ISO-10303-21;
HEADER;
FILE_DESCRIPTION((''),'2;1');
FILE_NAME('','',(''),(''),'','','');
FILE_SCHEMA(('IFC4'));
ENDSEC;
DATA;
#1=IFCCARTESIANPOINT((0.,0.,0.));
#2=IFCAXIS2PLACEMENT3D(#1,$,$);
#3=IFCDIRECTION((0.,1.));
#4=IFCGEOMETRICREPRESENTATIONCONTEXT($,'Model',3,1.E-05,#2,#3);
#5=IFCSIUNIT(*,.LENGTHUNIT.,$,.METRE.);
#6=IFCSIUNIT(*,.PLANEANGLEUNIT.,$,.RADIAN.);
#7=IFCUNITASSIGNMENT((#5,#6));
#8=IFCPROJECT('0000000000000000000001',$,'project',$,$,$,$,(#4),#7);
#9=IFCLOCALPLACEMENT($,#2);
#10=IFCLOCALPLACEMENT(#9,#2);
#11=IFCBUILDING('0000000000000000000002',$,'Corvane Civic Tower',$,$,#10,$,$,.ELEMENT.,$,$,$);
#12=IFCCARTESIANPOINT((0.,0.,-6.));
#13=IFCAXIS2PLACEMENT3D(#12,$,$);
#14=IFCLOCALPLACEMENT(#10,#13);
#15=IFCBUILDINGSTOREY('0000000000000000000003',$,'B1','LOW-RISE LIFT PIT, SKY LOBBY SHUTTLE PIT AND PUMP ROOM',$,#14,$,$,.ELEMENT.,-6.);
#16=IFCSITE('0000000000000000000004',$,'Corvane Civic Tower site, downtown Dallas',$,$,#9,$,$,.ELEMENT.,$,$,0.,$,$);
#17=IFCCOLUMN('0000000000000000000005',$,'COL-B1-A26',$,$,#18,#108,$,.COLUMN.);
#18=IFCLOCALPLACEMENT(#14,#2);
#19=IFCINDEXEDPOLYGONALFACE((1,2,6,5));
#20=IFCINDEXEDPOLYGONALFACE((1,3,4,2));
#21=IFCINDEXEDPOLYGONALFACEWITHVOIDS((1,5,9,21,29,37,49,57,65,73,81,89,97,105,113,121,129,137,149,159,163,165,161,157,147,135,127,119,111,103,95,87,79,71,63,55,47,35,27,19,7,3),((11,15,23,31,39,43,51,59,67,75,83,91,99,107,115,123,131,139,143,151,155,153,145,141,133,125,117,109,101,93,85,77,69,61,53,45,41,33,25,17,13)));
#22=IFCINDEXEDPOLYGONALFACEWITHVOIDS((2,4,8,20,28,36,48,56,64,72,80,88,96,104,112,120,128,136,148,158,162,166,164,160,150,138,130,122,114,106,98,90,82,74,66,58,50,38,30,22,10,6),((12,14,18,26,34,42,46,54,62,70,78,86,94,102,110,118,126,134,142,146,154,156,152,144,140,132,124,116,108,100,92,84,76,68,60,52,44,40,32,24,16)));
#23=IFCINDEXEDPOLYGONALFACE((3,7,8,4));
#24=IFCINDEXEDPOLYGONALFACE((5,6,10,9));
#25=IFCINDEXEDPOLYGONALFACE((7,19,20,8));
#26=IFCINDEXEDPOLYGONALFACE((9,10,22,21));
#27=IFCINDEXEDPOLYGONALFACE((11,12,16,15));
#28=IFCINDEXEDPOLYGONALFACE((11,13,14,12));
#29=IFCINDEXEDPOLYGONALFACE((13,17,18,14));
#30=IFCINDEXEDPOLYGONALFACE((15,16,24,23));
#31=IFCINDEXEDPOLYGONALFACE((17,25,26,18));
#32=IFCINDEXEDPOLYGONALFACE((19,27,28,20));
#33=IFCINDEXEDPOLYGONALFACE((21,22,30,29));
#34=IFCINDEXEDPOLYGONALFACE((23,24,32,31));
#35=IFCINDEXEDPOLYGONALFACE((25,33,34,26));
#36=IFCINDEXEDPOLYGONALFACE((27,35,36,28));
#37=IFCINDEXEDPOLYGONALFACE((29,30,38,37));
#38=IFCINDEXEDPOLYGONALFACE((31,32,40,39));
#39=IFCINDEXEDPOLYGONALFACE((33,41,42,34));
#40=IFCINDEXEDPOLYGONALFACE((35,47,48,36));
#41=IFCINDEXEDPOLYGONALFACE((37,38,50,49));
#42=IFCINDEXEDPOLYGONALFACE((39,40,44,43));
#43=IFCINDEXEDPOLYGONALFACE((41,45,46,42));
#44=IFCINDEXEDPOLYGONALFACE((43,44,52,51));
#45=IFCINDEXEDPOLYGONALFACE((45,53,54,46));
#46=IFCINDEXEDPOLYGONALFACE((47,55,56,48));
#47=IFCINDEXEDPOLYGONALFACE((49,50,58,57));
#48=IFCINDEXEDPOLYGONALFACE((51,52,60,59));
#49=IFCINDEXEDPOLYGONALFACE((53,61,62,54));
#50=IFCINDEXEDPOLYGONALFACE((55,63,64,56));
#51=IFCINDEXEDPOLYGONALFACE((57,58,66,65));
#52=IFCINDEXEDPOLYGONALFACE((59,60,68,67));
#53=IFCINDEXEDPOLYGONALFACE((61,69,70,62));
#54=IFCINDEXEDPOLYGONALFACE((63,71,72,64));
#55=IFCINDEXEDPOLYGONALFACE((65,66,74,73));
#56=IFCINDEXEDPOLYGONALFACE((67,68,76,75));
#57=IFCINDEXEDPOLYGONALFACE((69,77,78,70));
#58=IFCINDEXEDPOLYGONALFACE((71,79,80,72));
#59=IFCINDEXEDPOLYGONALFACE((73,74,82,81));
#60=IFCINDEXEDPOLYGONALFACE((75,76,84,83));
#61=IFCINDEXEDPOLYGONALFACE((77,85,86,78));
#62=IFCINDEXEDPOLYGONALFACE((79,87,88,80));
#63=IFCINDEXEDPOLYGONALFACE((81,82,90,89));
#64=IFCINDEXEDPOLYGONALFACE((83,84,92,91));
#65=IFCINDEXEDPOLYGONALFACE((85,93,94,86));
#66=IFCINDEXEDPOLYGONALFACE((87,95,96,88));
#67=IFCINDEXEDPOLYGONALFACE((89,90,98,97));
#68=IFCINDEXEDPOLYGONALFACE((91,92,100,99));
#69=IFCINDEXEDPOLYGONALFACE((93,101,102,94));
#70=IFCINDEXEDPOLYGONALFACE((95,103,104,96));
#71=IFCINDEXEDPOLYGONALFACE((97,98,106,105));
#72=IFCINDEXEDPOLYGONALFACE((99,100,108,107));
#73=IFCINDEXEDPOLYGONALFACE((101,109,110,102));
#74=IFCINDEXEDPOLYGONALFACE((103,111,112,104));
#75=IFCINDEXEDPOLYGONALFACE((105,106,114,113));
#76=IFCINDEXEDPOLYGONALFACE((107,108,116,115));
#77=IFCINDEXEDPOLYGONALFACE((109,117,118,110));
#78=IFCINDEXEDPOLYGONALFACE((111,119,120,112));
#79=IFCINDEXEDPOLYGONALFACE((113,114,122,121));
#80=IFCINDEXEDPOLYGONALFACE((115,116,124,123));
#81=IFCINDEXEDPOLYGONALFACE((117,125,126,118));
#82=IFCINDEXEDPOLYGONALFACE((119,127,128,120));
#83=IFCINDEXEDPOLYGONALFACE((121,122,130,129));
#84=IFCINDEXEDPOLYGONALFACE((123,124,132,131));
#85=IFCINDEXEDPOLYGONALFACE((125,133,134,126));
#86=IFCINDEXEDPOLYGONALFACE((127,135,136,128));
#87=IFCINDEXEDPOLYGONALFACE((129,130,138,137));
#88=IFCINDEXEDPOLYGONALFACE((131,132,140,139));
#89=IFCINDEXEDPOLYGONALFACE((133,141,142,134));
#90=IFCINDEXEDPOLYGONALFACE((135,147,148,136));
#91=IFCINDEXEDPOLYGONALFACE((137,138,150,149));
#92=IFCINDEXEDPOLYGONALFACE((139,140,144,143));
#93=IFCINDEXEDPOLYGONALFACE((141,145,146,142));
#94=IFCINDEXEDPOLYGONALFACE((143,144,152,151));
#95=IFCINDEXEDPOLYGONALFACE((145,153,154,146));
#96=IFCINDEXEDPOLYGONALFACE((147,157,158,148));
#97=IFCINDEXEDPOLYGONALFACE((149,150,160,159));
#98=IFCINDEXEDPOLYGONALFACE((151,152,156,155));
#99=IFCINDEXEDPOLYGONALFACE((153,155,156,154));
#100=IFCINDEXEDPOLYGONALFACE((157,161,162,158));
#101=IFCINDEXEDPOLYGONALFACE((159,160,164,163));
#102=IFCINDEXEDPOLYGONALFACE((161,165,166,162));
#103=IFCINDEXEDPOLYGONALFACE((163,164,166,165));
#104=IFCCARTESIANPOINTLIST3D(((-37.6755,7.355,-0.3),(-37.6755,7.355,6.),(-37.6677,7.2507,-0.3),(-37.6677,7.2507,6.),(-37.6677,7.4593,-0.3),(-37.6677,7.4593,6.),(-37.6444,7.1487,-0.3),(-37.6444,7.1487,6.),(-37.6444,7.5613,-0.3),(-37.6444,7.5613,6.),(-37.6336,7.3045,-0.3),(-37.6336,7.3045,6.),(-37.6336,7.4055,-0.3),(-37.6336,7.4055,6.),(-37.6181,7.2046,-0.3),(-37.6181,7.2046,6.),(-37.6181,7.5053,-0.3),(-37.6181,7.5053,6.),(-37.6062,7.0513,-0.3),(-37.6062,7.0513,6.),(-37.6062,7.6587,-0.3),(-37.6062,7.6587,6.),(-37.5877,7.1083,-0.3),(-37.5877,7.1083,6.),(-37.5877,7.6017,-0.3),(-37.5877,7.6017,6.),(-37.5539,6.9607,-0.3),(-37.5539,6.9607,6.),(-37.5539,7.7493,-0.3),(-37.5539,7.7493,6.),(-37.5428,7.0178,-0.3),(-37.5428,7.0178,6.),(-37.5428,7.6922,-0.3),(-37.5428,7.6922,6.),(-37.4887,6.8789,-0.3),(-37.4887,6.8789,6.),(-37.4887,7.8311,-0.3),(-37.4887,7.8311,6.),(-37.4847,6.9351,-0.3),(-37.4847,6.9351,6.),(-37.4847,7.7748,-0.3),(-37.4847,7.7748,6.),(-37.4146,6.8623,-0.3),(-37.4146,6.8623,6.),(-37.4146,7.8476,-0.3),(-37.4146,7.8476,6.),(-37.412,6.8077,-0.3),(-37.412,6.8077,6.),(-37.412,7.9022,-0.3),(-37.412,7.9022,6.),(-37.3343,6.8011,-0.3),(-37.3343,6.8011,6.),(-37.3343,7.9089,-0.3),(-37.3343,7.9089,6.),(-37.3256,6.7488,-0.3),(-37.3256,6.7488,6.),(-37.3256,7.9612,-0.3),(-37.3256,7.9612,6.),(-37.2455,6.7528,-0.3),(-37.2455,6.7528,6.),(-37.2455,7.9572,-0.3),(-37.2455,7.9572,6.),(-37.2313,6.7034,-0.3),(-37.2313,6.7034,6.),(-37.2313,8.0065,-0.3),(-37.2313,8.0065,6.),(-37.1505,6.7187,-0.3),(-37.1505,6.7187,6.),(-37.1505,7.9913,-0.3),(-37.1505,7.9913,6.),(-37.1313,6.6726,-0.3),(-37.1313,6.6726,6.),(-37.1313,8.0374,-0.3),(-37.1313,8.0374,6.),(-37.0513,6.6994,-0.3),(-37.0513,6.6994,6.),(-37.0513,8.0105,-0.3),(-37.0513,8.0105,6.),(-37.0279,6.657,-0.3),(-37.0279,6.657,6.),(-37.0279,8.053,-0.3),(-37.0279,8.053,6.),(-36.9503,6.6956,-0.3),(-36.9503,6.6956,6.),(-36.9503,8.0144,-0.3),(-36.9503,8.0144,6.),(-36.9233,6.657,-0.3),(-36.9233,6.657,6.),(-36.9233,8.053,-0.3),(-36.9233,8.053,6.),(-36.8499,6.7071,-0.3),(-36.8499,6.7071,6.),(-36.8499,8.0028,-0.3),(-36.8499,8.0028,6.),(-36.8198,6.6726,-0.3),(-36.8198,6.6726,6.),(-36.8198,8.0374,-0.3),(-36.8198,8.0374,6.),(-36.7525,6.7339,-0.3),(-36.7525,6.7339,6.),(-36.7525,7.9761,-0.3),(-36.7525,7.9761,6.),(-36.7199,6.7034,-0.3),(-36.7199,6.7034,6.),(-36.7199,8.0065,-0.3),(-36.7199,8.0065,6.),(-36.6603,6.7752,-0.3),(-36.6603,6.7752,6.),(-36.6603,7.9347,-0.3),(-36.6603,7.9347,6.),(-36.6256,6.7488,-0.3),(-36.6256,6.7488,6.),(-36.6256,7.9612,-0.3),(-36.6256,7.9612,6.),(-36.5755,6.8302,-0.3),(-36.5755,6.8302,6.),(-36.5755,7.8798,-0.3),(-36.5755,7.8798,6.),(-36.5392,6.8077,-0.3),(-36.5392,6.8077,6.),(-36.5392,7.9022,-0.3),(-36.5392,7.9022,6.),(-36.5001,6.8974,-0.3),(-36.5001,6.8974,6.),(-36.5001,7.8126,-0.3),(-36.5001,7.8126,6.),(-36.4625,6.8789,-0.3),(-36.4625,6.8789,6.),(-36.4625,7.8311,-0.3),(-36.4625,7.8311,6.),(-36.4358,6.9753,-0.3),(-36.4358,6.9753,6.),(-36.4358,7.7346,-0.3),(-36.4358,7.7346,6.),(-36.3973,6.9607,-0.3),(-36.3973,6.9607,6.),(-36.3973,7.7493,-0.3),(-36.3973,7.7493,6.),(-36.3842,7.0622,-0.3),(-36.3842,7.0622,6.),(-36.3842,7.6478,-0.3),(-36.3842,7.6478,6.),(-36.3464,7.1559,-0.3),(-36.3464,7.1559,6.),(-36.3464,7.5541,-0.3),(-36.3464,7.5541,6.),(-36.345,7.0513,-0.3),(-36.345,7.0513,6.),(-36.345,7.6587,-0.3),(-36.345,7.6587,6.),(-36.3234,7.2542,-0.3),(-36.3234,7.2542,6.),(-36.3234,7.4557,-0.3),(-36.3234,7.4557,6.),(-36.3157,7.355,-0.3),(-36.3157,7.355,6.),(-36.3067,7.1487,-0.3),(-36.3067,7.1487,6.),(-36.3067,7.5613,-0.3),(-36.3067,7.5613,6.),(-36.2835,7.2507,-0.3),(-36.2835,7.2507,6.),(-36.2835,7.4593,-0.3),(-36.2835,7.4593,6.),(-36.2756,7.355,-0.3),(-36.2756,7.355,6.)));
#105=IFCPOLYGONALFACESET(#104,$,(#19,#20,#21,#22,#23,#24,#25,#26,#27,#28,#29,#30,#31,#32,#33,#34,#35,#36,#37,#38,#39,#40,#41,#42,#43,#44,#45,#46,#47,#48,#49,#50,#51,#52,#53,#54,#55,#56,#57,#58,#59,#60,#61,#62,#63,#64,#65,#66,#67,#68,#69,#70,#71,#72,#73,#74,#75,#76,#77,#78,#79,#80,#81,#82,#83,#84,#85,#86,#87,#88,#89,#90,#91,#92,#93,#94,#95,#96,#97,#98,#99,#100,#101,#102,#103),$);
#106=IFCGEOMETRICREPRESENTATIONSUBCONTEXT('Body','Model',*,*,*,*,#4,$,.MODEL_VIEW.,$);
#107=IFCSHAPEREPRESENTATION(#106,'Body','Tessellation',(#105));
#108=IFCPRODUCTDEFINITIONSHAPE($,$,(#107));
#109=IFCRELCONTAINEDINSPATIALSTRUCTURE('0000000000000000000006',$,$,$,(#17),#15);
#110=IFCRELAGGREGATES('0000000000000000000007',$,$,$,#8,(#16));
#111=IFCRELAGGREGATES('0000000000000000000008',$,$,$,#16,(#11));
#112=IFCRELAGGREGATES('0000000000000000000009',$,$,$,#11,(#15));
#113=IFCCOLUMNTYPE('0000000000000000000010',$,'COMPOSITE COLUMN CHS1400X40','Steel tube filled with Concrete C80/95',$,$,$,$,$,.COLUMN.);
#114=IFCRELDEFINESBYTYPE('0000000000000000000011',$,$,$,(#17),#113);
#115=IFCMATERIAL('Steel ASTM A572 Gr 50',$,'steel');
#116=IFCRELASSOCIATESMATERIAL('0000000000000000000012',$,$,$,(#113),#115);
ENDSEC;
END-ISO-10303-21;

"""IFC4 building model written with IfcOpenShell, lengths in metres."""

from ifc_helpers import new_model, si_unit, direction, frame, origin, origin_2d, place, context, subcontext, project, spatial, hollow_circle, extrude, material, material_profile, profile_set, type_object, element, save


model = new_model("IFC4")

# Units and contexts
model_context = context("Model", 3, precision=1e-05, world=origin(), true_north=direction((0.0, 1.0)))
body_context = subcontext(model_context, "Body", "Model", "MODEL_VIEW")
ifc_project = project(units=[si_unit("LENGTHUNIT", "METRE"), si_unit("PLANEANGLEUNIT", "RADIAN")], contexts=[model_context])

# Site, building, storey
site_placement = place(None, origin())
site = spatial("IfcSite", under=ifc_project, at=site_placement, Name="Corvane Civic Tower site, downtown Dallas", CompositionType="ELEMENT", RefElevation=0.0)
building_placement = place(site_placement, origin())
building = spatial("IfcBuilding", under=site, at=building_placement, Name="Corvane Civic Tower", CompositionType="ELEMENT")
storey_placement = place(building_placement, frame((0.0, 0.0, -6.0)))
storey = spatial("IfcBuildingStorey", under=building, at=storey_placement, Name="B1", Description="LOW-RISE LIFT PIT, SKY LOBBY SHUTTLE PIT AND PUMP ROOM", CompositionType="ELEMENT", Elevation=-6.0)

# Column
ifc_material_1 = material(Name="Steel ASTM A572 Gr 50", Category="steel")
ifc_material_profile_1 = material_profile(ifc_material_1, hollow_circle(Radius=0.7, WallThickness=0.04, at=origin_2d()), Name="CHS1400X40")
ifc_profile_set_1 = profile_set([ifc_material_profile_1], Name="Steel ASTM A572 Gr 50")
column_type_1 = type_object("IfcColumnType", Name="COMPOSITE COLUMN CHS1400X40", Description="Steel tube filled with Concrete C80/95", PredefinedType="COLUMN", material=ifc_profile_set_1)
column_placement = place(storey_placement, frame((-36.9756, 7.355, -0.3), z_axis=(0.0, 0.0, 1.0), x_axis=(1.0, 0.0, 0.0)))
element("IfcColumn", 1, at=column_placement, inside=storey, type_object=column_type_1, Name="COL-B1-A26", PredefinedType="COLUMN", context=body_context, shape_type="SweptSolid", body=[
    extrude(hollow_circle(Radius=0.7, WallThickness=0.04, at=origin_2d()), origin(), (0.0, 0.0, 1.0), 6.3),
])

save(model, "model.ifc")
